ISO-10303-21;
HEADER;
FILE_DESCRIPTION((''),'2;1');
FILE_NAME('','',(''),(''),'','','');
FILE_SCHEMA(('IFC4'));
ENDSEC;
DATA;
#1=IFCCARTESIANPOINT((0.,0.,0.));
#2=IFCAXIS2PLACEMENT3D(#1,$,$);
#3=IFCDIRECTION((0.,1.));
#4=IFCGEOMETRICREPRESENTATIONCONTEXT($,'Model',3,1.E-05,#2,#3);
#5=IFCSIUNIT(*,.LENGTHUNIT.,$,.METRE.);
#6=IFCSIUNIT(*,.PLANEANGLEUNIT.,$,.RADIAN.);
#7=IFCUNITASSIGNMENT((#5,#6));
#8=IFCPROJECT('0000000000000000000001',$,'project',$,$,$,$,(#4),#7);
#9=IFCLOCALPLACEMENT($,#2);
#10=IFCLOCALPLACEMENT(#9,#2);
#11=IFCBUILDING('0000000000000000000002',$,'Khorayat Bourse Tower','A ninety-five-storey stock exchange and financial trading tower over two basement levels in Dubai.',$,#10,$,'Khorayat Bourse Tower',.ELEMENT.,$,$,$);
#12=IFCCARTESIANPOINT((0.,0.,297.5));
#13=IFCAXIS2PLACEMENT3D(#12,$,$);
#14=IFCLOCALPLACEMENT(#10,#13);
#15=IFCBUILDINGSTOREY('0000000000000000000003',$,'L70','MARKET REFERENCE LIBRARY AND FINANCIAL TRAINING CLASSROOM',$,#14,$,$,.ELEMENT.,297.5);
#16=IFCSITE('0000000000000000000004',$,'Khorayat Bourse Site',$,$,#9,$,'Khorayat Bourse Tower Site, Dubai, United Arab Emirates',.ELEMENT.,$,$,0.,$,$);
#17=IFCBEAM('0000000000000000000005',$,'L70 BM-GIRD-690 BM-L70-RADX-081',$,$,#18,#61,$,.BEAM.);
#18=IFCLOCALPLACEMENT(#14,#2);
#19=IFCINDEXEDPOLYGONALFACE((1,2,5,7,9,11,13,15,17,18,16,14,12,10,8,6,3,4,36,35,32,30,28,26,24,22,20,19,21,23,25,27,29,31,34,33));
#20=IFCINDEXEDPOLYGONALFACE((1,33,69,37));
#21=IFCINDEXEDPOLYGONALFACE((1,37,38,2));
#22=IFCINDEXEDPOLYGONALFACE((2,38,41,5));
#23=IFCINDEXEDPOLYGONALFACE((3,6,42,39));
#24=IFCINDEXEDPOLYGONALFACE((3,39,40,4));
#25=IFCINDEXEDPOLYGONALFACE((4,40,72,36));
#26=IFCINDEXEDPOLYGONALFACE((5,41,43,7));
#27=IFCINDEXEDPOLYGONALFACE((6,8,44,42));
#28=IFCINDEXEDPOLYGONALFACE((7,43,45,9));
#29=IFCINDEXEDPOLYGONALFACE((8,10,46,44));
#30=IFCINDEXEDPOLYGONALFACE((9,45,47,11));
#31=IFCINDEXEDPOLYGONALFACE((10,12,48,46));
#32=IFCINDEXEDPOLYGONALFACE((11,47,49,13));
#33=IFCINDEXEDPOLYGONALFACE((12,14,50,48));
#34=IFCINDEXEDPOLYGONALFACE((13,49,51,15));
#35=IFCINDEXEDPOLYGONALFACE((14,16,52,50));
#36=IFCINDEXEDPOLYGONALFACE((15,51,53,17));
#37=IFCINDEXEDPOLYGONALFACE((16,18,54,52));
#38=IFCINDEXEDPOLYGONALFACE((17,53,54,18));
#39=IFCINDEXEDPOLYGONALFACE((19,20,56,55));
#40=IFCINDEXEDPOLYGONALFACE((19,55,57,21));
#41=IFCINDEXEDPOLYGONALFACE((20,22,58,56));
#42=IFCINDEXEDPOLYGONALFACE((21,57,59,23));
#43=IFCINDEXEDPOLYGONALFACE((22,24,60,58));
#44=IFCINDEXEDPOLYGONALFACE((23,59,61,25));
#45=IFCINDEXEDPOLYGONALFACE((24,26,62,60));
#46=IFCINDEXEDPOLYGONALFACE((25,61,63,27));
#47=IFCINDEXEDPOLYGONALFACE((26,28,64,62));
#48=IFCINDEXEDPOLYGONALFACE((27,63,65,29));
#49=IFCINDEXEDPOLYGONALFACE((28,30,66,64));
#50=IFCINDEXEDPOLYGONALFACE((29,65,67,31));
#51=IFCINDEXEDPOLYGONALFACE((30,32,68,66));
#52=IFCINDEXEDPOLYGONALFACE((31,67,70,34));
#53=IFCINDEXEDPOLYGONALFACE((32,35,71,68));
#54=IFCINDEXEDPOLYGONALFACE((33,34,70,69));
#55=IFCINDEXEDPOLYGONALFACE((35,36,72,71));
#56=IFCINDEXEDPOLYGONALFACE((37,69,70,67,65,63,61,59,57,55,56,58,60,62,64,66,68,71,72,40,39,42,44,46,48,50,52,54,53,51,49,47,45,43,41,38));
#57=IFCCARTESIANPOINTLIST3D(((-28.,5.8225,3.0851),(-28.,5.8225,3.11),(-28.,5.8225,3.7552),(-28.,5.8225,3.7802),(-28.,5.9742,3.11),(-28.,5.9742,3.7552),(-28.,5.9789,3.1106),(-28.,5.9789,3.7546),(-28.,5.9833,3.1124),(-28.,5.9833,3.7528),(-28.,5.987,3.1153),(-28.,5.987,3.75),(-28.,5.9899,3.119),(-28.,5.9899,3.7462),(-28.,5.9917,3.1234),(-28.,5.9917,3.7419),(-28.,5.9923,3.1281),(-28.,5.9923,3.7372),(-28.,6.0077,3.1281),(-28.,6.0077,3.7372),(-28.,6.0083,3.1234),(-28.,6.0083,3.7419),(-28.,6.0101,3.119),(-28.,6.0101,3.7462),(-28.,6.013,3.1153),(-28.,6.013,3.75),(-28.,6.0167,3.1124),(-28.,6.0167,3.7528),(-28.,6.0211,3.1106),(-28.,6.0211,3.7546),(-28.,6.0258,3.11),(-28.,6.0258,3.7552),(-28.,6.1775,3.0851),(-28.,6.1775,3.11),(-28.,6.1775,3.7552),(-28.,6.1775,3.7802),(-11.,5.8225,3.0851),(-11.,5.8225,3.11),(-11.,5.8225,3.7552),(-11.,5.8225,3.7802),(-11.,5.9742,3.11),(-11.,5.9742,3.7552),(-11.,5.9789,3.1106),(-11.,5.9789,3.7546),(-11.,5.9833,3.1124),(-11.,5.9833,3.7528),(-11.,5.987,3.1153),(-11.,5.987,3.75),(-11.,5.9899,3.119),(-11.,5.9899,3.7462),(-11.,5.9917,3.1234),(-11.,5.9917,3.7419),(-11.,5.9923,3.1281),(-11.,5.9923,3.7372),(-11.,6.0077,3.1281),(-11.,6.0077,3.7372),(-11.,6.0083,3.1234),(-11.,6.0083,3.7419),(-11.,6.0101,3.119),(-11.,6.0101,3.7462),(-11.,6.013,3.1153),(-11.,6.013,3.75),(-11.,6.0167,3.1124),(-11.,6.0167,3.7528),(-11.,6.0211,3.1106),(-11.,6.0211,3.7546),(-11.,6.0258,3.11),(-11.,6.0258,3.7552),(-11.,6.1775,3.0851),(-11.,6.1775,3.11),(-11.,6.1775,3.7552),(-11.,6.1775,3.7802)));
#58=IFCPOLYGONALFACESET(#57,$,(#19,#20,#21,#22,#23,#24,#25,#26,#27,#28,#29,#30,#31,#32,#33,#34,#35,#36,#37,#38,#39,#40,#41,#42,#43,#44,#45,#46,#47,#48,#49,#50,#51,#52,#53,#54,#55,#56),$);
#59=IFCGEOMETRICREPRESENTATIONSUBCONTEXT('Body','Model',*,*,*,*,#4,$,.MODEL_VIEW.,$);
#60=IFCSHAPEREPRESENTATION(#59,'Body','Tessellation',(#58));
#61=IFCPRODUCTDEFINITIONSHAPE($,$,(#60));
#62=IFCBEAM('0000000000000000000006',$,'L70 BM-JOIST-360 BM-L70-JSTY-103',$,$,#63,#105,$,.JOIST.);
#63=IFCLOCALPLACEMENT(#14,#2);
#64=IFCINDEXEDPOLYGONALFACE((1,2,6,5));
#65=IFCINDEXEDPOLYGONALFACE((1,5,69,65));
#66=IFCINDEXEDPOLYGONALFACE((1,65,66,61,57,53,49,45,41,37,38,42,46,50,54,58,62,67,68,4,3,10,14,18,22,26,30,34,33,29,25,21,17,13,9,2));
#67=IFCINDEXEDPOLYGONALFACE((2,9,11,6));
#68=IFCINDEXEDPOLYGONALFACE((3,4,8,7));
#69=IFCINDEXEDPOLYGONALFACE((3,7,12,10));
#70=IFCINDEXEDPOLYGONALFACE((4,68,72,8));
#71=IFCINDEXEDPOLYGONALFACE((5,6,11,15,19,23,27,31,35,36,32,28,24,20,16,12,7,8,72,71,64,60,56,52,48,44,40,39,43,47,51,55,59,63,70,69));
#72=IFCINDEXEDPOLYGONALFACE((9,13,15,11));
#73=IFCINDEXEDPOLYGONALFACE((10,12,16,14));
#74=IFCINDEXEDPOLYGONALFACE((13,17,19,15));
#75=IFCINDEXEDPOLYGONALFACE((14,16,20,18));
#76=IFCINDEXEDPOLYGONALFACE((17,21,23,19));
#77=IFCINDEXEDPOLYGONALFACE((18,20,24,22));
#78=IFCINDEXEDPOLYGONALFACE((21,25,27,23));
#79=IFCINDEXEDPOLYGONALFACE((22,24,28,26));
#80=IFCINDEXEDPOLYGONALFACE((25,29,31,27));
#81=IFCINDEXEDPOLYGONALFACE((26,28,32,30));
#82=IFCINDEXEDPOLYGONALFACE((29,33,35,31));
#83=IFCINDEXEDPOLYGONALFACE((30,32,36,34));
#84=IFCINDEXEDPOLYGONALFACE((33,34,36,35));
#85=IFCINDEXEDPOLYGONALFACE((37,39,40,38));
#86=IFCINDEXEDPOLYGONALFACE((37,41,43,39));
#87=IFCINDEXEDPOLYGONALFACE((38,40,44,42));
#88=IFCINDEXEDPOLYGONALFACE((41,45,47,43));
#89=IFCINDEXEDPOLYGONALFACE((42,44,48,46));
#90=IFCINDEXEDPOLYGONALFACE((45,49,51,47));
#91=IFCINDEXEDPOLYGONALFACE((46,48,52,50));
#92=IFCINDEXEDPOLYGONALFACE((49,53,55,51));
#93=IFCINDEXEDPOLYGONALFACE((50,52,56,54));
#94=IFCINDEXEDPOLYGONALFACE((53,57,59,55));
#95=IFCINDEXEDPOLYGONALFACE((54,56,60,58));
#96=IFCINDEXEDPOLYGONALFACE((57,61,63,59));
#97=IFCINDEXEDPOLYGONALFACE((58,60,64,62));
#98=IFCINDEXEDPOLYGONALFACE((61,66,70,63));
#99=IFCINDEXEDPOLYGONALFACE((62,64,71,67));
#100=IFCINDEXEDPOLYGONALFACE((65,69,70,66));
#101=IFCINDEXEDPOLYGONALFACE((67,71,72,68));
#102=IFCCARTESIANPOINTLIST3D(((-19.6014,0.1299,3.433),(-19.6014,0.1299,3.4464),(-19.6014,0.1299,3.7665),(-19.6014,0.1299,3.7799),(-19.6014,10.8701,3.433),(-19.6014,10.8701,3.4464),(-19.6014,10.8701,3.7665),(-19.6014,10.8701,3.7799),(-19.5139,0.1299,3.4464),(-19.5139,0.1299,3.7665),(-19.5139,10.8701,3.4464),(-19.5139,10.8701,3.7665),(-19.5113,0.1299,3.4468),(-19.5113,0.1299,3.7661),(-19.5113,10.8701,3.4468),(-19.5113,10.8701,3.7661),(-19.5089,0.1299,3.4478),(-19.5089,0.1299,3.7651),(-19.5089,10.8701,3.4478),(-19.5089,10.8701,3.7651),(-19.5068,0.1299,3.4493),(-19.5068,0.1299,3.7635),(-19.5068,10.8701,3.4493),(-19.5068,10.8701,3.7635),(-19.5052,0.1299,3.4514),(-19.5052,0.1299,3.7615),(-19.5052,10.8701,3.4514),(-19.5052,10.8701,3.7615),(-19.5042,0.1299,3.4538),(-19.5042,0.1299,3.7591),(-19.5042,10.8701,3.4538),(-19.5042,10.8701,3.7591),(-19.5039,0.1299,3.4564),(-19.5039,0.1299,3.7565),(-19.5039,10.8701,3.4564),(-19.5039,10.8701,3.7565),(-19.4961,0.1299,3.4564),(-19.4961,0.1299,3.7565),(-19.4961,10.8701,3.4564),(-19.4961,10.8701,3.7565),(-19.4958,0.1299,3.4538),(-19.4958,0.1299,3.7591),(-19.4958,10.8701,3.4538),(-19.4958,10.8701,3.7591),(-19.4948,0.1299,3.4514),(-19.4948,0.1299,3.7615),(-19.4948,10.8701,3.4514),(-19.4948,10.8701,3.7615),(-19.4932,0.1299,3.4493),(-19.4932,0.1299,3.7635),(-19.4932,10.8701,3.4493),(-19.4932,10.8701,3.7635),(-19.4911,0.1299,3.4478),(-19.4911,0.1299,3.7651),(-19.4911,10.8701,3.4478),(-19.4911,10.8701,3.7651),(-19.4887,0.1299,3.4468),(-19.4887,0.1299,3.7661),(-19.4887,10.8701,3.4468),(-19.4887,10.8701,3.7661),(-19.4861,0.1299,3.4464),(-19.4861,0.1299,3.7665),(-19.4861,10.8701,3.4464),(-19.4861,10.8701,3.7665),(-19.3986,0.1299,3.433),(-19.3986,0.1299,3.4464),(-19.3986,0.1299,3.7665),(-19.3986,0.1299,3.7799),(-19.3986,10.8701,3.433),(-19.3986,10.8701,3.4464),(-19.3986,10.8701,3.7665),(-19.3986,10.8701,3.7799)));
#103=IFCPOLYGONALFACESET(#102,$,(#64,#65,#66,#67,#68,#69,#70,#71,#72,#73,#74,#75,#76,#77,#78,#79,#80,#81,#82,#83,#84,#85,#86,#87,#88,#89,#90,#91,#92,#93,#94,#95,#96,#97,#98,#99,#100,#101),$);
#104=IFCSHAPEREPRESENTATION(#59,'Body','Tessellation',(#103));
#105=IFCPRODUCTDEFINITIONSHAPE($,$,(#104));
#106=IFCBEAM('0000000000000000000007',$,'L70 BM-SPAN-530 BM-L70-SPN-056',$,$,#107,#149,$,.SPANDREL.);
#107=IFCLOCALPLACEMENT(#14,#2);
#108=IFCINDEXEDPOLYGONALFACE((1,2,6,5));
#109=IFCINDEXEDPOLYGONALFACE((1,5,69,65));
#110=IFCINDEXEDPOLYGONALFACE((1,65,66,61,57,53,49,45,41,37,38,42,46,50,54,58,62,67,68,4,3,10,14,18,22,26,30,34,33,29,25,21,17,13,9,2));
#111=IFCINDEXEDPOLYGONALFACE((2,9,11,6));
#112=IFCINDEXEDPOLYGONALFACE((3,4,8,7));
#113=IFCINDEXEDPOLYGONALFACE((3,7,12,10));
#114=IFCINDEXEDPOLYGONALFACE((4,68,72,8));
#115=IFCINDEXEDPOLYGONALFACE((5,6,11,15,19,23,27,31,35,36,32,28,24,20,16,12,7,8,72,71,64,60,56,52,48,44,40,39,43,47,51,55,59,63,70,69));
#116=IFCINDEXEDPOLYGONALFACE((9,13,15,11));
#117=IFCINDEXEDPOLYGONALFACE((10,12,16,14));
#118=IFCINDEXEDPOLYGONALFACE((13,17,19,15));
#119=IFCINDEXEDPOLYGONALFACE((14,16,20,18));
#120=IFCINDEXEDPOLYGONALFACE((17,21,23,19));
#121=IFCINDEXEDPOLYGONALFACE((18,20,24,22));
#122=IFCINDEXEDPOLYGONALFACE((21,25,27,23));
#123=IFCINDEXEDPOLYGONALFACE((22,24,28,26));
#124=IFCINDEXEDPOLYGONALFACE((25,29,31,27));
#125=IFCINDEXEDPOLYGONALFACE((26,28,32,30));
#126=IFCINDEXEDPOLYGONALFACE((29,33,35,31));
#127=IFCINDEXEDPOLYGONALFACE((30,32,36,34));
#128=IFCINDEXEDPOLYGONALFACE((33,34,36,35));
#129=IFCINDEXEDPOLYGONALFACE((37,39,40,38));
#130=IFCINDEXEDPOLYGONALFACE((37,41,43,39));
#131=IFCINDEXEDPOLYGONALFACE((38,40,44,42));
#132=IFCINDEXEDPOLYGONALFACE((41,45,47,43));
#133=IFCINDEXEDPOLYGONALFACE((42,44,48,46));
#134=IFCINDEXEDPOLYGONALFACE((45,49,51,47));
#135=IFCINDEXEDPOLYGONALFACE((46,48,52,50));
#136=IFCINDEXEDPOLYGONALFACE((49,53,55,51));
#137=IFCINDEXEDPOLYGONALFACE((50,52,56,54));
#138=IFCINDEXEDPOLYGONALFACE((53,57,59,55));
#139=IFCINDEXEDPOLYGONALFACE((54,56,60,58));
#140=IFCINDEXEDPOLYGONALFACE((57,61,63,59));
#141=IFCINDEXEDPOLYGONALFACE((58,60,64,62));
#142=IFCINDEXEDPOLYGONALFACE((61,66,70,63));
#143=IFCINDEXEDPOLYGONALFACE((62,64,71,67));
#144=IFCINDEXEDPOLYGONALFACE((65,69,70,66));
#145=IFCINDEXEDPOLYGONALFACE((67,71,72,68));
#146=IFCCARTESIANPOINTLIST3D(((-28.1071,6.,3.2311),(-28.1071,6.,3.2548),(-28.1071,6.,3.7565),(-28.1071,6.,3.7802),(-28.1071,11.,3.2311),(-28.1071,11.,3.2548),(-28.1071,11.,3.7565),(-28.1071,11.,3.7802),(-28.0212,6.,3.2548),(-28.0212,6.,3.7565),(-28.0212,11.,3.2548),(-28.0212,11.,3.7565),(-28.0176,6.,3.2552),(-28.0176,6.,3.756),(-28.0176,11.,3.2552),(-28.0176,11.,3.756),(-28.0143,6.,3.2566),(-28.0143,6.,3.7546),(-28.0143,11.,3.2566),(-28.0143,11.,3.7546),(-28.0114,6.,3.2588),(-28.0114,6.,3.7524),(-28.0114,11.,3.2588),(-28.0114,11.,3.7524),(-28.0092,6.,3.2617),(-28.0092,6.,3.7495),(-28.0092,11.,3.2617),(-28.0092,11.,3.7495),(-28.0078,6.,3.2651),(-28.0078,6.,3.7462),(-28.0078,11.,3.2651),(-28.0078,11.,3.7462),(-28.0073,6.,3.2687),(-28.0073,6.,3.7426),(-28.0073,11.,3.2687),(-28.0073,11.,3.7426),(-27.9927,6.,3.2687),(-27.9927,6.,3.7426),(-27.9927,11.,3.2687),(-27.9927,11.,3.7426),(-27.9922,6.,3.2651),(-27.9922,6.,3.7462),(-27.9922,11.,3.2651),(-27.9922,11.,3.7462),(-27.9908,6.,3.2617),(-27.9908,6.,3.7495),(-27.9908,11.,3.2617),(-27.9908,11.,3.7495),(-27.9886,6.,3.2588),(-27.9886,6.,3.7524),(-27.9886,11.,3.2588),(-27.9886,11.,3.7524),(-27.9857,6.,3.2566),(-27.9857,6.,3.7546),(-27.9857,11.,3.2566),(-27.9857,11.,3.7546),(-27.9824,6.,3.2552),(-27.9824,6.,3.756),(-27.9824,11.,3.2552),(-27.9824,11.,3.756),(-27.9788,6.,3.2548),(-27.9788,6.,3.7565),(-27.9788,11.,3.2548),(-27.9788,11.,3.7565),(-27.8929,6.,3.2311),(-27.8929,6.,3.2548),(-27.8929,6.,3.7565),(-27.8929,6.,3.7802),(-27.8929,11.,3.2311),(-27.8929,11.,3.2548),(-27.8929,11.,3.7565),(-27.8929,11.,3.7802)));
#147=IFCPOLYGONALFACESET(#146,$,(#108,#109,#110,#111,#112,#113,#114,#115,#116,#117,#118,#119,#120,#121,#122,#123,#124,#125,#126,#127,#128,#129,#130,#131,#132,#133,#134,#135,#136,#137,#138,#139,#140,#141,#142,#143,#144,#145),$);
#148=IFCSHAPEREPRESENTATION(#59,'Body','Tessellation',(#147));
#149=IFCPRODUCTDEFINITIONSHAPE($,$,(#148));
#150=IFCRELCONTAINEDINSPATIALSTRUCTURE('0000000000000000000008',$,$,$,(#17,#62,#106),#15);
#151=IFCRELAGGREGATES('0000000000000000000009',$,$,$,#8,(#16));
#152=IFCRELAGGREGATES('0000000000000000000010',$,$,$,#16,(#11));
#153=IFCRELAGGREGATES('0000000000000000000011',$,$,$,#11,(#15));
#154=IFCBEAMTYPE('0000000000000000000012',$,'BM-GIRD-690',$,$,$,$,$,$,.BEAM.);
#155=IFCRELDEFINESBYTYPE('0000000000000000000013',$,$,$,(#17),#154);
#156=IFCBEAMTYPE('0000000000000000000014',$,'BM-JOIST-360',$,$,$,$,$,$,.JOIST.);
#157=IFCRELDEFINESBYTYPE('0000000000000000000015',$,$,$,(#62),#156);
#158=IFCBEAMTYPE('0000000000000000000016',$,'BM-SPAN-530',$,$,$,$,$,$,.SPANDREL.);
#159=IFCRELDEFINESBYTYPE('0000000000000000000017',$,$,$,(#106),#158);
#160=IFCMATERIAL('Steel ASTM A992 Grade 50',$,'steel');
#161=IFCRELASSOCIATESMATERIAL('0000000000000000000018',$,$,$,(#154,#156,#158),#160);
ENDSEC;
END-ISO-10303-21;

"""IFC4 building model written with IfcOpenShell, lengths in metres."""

from ifc_helpers import new_model, si_unit, direction, frame, origin, origin_2d, place, context, subcontext, project, spatial, i_section, extrude, source, transform, mapped, material, material_profile, profile_set, type_object, element, save


model = new_model("IFC4")

# Units and contexts
model_context = context("Model", 3, precision=1e-05, world=origin(), true_north=direction((0.0, 1.0)))
body_context = subcontext(model_context, "Body", "Model", "MODEL_VIEW")
ifc_project = project(units=[si_unit("LENGTHUNIT", "METRE"), si_unit("PLANEANGLEUNIT", "RADIAN")], contexts=[model_context])

# Site, building, storey
site_placement = place(None, origin())
site = spatial("IfcSite", under=ifc_project, at=site_placement, Name="Khorayat Bourse Site", LongName="Khorayat Bourse Tower Site, Dubai, United Arab Emirates", CompositionType="ELEMENT", RefElevation=0.0)
building_placement = place(site_placement, origin())
building = spatial("IfcBuilding", under=site, at=building_placement, Name="Khorayat Bourse Tower", Description="A ninety-five-storey stock exchange and financial trading tower over two basement levels in Dubai.", LongName="Khorayat Bourse Tower", CompositionType="ELEMENT")
storey_placement = place(building_placement, frame((0.0, 0.0, 297.5)))
storey = spatial("IfcBuildingStorey", under=building, at=storey_placement, Name="L70", Description="MARKET REFERENCE LIBRARY AND FINANCIAL TRAINING CLASSROOM", CompositionType="ELEMENT", Elevation=297.5)

# Beams
ifc_material_1 = material(Name="Steel ASTM A992 Grade 50", Category="steel")
ifc_material_profile_1 = material_profile(ifc_material_1, i_section(OverallWidth=0.355, OverallDepth=0.6951, WebThickness=0.0154, FlangeThickness=0.0249, FilletRadius=0.0181, at=origin_2d()), Name="W690X217")
ifc_profile_set_1 = profile_set([ifc_material_profile_1], Name="Steel ASTM A992 Grade 50")
beam_type_1 = type_object("IfcBeamType", Name="BM-GIRD-690", PredefinedType="BEAM", material=ifc_profile_set_1)
shared_shape_1 = source(origin(), body_context, "Body", "SweptSolid", [
    extrude(i_section(OverallWidth=0.355, OverallDepth=0.6951, WebThickness=0.0154, FlangeThickness=0.0249, FilletRadius=0.0181, at=origin_2d()), origin(), (0.0, 0.0, 1.0), 17.0),
])
for number, where, z_axis, x_axis, name in (
    (1, (-28.0, 6.0, 3.4326), (1.0, 0.0, 0.0), (0.0, 1.0, 0.0), "L70 BM-GIRD-690 BM-L70-RADX-081"),
):
    element("IfcBeam", number, at=place(storey_placement, frame(where, z_axis=z_axis, x_axis=x_axis)), inside=storey, type_object=beam_type_1, Name=name, PredefinedType="BEAM", context=body_context, shape_type="MappedRepresentation", body=[
        mapped(shared_shape_1, transform((0.0, 0.0, 0.0), scale=1.0)),
    ])
ifc_material_profile_2 = material_profile(ifc_material_1, i_section(OverallWidth=0.2029, OverallDepth=0.3469, WebThickness=0.0078, FlangeThickness=0.0134, FilletRadius=0.01, at=origin_2d()), Name="W360X64")
ifc_profile_set_2 = profile_set([ifc_material_profile_2], Name="Steel ASTM A992 Grade 50")
beam_type_2 = type_object("IfcBeamType", Name="BM-JOIST-360", PredefinedType="JOIST", material=ifc_profile_set_2)
shared_shape_2 = source(origin(), body_context, "Body", "SweptSolid", [
    extrude(i_section(OverallWidth=0.2029, OverallDepth=0.3469, WebThickness=0.0078, FlangeThickness=0.0134, FilletRadius=0.01, at=origin_2d()), origin(), (0.0, 0.0, 1.0), 10.7402),
])
beam_1_placement = place(storey_placement, frame((-19.5, 0.1299, 3.6064), z_axis=(0.0, 1.0, 0.0), x_axis=(-1.0, 0.0, 0.0)))
element("IfcBeam", 2, at=beam_1_placement, inside=storey, type_object=beam_type_2, Name="L70 BM-JOIST-360 BM-L70-JSTY-103", PredefinedType="JOIST", context=body_context, shape_type="MappedRepresentation", body=[
    mapped(shared_shape_2, transform((0.0, 0.0, 0.0), scale=1.0)),
])
ifc_material_profile_3 = material_profile(ifc_material_1, i_section(OverallWidth=0.2141, OverallDepth=0.5491, WebThickness=0.0146, FlangeThickness=0.0237, FilletRadius=0.0139, at=origin_2d()), Name="W530X138")
ifc_profile_set_3 = profile_set([ifc_material_profile_3], Name="Steel ASTM A992 Grade 50")
beam_type_3 = type_object("IfcBeamType", Name="BM-SPAN-530", PredefinedType="SPANDREL", material=ifc_profile_set_3)
shared_shape_3 = source(origin(), body_context, "Body", "SweptSolid", [
    extrude(i_section(OverallWidth=0.2141, OverallDepth=0.5491, WebThickness=0.0146, FlangeThickness=0.0237, FilletRadius=0.0139, at=origin_2d()), origin(), (0.0, 0.0, 1.0), 5.0),
])
beam_2_placement = place(storey_placement, frame((-28.0, 6.0, 3.5056), z_axis=(0.0, 1.0, 0.0), x_axis=(-1.0, 0.0, 0.0)))
element("IfcBeam", 3, at=beam_2_placement, inside=storey, type_object=beam_type_3, Name="L70 BM-SPAN-530 BM-L70-SPN-056", PredefinedType="SPANDREL", context=body_context, shape_type="MappedRepresentation", body=[
    mapped(shared_shape_3, transform((0.0, 0.0, 0.0), scale=1.0)),
])

save(model, "model.ifc")
